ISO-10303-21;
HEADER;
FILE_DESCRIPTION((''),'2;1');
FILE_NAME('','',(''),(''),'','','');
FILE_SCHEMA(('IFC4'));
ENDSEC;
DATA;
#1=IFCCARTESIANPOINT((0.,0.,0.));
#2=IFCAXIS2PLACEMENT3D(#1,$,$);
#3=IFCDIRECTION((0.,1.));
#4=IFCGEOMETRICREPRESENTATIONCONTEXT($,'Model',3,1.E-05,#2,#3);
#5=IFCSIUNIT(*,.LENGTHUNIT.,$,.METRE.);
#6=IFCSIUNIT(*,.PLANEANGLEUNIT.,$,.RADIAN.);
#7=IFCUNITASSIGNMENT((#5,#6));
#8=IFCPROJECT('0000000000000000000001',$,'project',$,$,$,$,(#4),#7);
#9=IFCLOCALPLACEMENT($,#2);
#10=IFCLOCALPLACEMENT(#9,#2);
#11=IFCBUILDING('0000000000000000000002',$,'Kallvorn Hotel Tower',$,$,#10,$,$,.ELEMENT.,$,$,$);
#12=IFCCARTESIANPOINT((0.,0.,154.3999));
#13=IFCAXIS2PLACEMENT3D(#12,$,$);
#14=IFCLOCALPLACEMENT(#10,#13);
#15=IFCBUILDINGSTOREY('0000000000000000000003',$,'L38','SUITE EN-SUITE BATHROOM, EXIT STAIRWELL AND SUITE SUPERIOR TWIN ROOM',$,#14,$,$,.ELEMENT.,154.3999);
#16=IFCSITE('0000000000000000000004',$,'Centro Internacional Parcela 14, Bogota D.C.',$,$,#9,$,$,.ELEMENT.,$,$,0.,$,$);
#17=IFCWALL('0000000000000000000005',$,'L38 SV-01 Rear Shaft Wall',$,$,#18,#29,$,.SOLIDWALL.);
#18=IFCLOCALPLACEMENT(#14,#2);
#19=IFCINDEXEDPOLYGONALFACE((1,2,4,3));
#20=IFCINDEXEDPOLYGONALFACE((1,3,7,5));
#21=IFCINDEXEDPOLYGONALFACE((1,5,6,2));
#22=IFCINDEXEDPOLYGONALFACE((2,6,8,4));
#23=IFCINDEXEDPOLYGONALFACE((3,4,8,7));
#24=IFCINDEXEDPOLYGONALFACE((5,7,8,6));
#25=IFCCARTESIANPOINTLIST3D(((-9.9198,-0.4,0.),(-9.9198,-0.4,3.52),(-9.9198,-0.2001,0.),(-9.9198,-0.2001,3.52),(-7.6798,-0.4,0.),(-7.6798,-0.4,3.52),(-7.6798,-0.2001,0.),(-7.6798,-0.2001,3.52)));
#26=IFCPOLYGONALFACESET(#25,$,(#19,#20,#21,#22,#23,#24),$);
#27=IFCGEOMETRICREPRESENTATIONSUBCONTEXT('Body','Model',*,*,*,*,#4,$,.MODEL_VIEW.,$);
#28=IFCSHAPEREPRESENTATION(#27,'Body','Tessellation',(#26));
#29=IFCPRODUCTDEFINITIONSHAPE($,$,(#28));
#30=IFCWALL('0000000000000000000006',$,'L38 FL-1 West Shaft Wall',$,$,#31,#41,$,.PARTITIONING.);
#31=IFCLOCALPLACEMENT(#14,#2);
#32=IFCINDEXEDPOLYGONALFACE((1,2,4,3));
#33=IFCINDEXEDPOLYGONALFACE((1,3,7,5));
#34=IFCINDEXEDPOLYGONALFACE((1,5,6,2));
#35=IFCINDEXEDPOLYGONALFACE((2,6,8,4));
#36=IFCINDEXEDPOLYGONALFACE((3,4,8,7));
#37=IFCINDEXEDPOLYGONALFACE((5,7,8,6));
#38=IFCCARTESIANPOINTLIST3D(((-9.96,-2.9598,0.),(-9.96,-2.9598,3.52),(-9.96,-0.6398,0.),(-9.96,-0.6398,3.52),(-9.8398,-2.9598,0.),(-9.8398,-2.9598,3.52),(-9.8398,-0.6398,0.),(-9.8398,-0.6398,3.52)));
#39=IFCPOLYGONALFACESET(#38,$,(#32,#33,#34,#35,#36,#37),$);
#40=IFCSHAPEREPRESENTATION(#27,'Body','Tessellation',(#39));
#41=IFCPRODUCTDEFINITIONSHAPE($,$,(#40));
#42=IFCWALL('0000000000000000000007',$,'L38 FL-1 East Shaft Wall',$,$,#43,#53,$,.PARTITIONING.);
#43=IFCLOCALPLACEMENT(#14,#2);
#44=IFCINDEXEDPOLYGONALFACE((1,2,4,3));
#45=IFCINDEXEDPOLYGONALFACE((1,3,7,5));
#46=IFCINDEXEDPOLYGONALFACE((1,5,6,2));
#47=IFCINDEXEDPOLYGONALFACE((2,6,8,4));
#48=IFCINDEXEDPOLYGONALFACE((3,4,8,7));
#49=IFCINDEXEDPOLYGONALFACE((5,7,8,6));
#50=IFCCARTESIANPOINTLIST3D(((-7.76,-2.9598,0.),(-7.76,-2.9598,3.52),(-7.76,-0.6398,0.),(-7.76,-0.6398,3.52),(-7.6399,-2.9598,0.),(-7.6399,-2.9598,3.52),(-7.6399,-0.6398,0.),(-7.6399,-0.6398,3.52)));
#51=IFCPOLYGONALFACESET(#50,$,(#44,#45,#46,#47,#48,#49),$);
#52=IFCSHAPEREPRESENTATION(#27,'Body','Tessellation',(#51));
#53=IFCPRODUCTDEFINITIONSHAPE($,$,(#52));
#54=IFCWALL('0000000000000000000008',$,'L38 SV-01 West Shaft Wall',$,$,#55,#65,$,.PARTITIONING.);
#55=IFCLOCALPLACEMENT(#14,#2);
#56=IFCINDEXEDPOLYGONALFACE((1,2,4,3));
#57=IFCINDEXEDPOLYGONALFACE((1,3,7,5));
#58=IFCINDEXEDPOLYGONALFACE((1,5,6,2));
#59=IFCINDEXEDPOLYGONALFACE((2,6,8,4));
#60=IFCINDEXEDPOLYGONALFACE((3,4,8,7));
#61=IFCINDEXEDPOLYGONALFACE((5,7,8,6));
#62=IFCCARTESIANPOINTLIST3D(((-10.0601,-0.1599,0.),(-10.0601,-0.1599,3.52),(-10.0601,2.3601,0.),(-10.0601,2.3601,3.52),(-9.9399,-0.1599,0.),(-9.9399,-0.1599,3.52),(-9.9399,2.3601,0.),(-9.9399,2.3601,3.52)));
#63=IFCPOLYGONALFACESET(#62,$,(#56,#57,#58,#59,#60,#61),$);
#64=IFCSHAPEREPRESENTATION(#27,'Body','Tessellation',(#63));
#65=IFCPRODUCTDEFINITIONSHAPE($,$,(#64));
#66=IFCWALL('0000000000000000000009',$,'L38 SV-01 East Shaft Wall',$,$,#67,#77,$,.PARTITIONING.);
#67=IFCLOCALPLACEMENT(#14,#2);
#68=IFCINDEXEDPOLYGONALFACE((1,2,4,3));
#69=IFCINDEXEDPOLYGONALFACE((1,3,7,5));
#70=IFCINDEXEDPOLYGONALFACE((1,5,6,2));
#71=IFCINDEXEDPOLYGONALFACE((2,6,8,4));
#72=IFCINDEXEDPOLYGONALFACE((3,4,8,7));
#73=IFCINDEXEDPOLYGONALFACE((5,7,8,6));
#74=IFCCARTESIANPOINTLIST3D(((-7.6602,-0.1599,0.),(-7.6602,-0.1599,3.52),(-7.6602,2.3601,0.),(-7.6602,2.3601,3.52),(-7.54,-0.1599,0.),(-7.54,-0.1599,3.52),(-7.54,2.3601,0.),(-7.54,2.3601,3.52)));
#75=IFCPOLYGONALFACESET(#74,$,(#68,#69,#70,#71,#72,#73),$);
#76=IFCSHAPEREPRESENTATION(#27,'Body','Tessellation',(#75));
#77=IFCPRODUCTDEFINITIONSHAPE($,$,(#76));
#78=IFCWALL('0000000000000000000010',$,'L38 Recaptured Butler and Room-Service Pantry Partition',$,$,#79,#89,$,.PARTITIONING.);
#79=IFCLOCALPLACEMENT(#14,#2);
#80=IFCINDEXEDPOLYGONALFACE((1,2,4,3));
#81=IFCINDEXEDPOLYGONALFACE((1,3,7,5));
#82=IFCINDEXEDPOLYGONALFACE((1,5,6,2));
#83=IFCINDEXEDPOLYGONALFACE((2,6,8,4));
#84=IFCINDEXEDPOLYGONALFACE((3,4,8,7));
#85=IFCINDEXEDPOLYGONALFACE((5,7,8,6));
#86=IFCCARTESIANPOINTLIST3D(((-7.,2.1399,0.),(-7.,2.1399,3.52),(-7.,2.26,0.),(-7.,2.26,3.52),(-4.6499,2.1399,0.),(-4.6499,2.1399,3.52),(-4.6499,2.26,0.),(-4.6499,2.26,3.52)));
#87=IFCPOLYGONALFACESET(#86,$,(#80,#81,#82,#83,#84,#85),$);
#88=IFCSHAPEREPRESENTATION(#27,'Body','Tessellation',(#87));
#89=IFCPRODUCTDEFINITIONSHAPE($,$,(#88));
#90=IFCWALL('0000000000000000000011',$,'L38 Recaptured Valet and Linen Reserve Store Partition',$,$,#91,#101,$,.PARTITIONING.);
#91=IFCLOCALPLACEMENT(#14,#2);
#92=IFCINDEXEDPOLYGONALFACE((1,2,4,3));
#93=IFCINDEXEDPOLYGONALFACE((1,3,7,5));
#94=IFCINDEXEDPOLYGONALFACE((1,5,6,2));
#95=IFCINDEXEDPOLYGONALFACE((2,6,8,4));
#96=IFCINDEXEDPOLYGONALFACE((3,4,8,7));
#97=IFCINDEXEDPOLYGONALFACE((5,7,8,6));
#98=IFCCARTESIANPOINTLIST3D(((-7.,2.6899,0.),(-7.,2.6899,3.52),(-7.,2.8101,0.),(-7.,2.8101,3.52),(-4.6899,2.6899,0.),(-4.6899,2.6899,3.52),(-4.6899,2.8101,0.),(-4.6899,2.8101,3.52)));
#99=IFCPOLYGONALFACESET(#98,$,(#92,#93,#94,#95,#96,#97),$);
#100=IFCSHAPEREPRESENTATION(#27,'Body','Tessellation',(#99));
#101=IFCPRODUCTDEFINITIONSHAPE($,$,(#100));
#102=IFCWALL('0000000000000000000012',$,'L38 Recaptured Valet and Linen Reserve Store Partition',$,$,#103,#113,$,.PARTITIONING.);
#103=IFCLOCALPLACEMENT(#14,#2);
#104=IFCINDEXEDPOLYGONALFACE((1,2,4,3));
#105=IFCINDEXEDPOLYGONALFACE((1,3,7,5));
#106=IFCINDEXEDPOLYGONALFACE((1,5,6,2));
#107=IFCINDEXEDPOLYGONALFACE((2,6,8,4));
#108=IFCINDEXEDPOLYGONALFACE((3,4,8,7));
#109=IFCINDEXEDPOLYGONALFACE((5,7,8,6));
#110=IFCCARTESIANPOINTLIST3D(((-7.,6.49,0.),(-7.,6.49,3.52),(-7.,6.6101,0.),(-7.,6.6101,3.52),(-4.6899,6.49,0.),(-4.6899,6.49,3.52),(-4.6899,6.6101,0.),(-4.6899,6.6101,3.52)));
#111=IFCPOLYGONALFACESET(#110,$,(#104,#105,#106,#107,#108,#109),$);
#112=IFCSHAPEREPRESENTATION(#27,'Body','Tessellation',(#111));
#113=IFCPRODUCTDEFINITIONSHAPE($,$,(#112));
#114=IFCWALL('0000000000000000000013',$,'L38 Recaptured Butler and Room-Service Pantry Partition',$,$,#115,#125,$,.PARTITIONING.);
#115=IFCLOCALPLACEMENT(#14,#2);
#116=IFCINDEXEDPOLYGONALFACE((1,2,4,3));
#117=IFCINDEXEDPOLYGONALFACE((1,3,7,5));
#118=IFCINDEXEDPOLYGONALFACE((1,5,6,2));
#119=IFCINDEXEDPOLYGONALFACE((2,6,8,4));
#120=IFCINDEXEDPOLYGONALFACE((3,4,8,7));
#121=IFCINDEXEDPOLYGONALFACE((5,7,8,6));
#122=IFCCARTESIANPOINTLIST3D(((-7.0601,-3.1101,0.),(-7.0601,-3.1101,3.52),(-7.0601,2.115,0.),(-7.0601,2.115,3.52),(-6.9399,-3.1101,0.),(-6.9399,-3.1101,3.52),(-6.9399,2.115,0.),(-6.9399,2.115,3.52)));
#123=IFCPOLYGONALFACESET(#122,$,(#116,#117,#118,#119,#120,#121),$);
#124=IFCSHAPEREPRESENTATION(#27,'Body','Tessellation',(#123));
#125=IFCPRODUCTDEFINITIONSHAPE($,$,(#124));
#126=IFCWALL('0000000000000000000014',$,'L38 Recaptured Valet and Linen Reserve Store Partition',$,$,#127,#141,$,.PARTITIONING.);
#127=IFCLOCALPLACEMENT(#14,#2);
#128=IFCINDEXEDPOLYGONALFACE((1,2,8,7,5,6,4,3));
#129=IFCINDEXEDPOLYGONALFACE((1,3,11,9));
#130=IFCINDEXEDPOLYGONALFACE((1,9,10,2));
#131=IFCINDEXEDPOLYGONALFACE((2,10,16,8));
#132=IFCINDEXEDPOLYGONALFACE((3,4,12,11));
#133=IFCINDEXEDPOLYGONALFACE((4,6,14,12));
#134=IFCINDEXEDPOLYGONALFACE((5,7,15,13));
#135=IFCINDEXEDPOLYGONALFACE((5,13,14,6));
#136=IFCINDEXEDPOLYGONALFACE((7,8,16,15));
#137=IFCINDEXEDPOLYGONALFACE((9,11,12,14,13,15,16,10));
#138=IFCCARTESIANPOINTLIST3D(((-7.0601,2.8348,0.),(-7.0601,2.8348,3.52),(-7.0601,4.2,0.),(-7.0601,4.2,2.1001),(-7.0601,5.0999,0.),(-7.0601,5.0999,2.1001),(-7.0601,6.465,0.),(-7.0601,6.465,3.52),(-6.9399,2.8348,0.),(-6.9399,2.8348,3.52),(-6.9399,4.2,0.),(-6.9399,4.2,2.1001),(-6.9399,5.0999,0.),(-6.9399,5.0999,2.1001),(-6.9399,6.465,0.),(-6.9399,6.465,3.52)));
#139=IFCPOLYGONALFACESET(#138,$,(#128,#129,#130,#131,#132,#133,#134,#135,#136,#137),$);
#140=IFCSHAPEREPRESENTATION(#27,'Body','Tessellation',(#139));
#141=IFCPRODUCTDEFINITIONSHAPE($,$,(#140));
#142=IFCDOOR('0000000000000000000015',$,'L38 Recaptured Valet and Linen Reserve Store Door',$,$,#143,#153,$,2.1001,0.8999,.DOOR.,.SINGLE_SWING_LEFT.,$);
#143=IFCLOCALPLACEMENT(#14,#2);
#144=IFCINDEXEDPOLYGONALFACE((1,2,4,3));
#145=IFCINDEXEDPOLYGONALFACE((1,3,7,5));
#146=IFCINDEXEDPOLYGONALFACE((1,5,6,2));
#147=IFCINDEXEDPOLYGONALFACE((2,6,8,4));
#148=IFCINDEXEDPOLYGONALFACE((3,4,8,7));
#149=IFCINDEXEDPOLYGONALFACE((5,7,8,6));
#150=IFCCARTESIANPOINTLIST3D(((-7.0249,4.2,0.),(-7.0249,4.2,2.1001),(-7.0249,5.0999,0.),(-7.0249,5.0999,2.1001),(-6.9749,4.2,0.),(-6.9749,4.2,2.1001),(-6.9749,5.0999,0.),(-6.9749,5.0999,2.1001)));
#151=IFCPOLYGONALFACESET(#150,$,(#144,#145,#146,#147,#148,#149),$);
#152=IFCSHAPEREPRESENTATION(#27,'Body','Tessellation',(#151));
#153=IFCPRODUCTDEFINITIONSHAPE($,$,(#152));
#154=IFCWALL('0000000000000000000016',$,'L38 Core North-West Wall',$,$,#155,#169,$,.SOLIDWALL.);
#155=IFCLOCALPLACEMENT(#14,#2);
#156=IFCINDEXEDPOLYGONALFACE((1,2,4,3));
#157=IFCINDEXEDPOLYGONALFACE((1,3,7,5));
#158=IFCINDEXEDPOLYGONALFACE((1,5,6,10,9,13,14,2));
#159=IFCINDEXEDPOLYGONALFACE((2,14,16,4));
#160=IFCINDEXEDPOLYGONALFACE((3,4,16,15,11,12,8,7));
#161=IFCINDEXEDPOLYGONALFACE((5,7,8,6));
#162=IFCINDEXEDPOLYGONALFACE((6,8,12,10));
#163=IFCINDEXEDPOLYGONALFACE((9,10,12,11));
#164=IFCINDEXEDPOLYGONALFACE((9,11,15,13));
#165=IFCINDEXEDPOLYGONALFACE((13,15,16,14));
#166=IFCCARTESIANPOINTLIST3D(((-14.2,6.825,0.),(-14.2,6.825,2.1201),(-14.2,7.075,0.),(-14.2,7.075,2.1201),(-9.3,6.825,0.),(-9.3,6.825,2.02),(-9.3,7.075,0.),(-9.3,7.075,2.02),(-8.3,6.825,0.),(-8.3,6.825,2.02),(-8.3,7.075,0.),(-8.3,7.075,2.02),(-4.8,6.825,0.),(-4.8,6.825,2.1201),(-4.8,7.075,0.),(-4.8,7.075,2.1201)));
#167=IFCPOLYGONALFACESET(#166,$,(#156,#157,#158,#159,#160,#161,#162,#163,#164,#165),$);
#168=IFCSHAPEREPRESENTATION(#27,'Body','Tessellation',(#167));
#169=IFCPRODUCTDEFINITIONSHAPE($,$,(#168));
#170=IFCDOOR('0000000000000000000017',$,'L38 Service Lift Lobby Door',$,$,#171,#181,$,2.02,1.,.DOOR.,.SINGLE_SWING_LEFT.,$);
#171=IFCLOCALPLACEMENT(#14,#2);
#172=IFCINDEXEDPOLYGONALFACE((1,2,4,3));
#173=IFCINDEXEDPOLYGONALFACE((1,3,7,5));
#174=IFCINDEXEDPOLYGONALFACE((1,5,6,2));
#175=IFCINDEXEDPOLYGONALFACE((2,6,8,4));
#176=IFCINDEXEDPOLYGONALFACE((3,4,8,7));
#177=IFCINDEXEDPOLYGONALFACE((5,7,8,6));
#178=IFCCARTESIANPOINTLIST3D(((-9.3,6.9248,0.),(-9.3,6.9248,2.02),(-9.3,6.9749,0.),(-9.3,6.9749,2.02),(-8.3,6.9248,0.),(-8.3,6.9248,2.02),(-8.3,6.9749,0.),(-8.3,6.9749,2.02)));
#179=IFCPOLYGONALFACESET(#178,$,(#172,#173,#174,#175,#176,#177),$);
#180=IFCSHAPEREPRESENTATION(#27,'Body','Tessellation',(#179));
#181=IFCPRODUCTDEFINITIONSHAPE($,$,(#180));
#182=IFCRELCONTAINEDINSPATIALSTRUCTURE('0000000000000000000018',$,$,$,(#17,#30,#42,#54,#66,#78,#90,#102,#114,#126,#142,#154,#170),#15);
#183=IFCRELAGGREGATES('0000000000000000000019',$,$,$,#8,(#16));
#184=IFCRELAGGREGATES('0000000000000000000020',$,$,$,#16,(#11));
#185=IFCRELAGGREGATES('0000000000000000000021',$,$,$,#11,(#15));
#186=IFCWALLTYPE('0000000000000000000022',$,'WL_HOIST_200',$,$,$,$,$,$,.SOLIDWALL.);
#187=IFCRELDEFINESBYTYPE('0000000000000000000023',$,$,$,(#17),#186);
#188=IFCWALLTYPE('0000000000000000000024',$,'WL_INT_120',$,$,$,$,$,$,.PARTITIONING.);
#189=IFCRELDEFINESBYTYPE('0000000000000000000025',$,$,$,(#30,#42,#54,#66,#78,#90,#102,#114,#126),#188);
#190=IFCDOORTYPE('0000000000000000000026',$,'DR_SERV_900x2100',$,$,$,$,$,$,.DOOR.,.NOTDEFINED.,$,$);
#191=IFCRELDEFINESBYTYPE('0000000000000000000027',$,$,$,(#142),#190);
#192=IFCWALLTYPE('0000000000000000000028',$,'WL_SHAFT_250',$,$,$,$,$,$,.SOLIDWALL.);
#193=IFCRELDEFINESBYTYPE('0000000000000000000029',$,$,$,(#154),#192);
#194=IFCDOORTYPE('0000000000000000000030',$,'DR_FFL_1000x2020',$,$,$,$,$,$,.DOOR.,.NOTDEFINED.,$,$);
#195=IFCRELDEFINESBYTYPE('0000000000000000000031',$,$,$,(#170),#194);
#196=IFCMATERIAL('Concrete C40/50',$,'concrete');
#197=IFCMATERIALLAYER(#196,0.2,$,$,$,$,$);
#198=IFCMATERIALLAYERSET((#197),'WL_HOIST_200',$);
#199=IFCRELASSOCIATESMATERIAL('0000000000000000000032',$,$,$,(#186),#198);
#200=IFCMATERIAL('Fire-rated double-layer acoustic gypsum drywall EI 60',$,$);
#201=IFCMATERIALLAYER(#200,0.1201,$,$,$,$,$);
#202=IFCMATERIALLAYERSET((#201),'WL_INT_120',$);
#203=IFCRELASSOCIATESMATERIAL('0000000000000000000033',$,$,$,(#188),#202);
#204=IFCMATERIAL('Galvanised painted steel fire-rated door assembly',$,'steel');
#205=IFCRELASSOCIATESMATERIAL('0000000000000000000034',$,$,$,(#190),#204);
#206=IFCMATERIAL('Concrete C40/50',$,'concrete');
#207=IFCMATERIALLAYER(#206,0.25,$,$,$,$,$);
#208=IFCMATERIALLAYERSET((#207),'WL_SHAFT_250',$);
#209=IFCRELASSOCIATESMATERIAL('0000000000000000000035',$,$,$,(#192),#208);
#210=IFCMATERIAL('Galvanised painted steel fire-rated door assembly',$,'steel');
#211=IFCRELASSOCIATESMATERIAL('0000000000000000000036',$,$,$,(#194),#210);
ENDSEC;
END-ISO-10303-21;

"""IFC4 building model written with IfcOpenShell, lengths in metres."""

from ifc_helpers import new_model, si_unit, direction, frame, frame_2d, origin, place, context, subcontext, project, spatial, rectangle, extrude, material, layer, layer_set, type_object, element, fill, save


model = new_model("IFC4")

# Units and contexts
model_context = context("Model", 3, precision=1e-05, world=origin(), true_north=direction((0.0, 1.0)))
body_context = subcontext(model_context, "Body", "Model", "MODEL_VIEW")
ifc_project = project(units=[si_unit("LENGTHUNIT", "METRE"), si_unit("PLANEANGLEUNIT", "RADIAN")], contexts=[model_context])

# Site, building, storey
site_placement = place(None, origin())
site = spatial("IfcSite", under=ifc_project, at=site_placement, Name="Centro Internacional Parcela 14, Bogota D.C.", CompositionType="ELEMENT", RefElevation=0.0)
building_placement = place(site_placement, origin())
building = spatial("IfcBuilding", under=site, at=building_placement, Name="Kallvorn Hotel Tower", CompositionType="ELEMENT")
storey_placement = place(building_placement, frame((0.0, 0.0, 154.3999)))
storey = spatial("IfcBuildingStorey", under=building, at=storey_placement, Name="L38", Description="SUITE EN-SUITE BATHROOM, EXIT STAIRWELL AND SUITE SUPERIOR TWIN ROOM", CompositionType="ELEMENT", Elevation=154.3999)

# Shared definitions
ifc_material_1 = material(Name="Concrete C40/50", Category="concrete")
ifc_layer_1 = layer(ifc_material_1, 0.2)
ifc_layer_set_1 = layer_set([ifc_layer_1], Name="WL_HOIST_200")
wall_type_1 = type_object("IfcWallType", Name="WL_HOIST_200", PredefinedType="SOLIDWALL", material=ifc_layer_set_1)

# Walls
wall_1_placement = place(storey_placement, frame((-9.9199, -0.3, 0.0), z_axis=(0.0, 0.0, 1.0), x_axis=(1.0, 0.0, 0.0)))
element("IfcWall", 1, at=wall_1_placement, inside=storey, type_object=wall_type_1, Name="L38 SV-01 Rear Shaft Wall", PredefinedType="SOLIDWALL", context=body_context, shape_type="SweptSolid", body=[
    extrude(rectangle(XDim=2.24, YDim=0.2, at=frame_2d((1.1201, 0.0))), origin(), (0.0, 0.0, 1.0), 3.52),
])
ifc_material_2 = material(Name="Fire-rated double-layer acoustic gypsum drywall EI 60")
ifc_layer_2 = layer(ifc_material_2, 0.1201)
ifc_layer_set_2 = layer_set([ifc_layer_2], Name="WL_INT_120")
wall_type_2 = type_object("IfcWallType", Name="WL_INT_120", PredefinedType="PARTITIONING", material=ifc_layer_set_2)
for number, where, z_axis, x_axis, name in (
    (2, (-9.8999, -2.96, 0.0), (0.0, 0.0, 1.0), (0.0, 1.0, 0.0), "L38 FL-1 West Shaft Wall"),
    (3, (-7.7, -2.96, 0.0), (0.0, 0.0, 1.0), (0.0, 1.0, 0.0), "L38 FL-1 East Shaft Wall"),
):
    element("IfcWall", number, at=place(storey_placement, frame(where, z_axis=z_axis, x_axis=x_axis)), inside=storey, type_object=wall_type_2, Name=name, PredefinedType="PARTITIONING", context=body_context, shape_type="SweptSolid", body=[
        extrude(rectangle(XDim=2.3201, YDim=0.1201, at=frame_2d((1.1602, 0.0))), origin(), (0.0, 0.0, 1.0), 3.52),
    ])
for number, where, z_axis, x_axis, name in (
    (4, (-10.0, -0.1599, 0.0), (0.0, 0.0, 1.0), (0.0, 1.0, 0.0), "L38 SV-01 West Shaft Wall"),
    (5, (-7.6001, -0.1599, 0.0), (0.0, 0.0, 1.0), (0.0, 1.0, 0.0), "L38 SV-01 East Shaft Wall"),
):
    element("IfcWall", number, at=place(storey_placement, frame(where, z_axis=z_axis, x_axis=x_axis)), inside=storey, type_object=wall_type_2, Name=name, PredefinedType="PARTITIONING", context=body_context, shape_type="SweptSolid", body=[
        extrude(rectangle(XDim=2.52, YDim=0.1201, at=frame_2d((1.26, 0.0))), origin(), (0.0, 0.0, 1.0), 3.52),
    ])
wall_2_placement = place(storey_placement, frame((-7.0, 2.2, 0.0), z_axis=(0.0, 0.0, 1.0), x_axis=(1.0, 0.0, 0.0)))
element("IfcWall", 6, at=wall_2_placement, inside=storey, type_object=wall_type_2, Name="L38 Recaptured Butler and Room-Service Pantry Partition", PredefinedType="PARTITIONING", context=body_context, shape_type="SweptSolid", body=[
    extrude(rectangle(XDim=2.3501, YDim=0.1201, at=frame_2d((1.175, 0.0))), origin(), (0.0, 0.0, 1.0), 3.52),
])
for number, where, z_axis, x_axis, name in (
    (7, (-7.0, 2.75, 0.0), (0.0, 0.0, 1.0), (1.0, 0.0, 0.0), "L38 Recaptured Valet and Linen Reserve Store Partition"),
    (8, (-7.0, 6.55, 0.0), (0.0, 0.0, 1.0), (1.0, 0.0, 0.0), "L38 Recaptured Valet and Linen Reserve Store Partition"),
):
    element("IfcWall", number, at=place(storey_placement, frame(where, z_axis=z_axis, x_axis=x_axis)), inside=storey, type_object=wall_type_2, Name=name, PredefinedType="PARTITIONING", context=body_context, shape_type="SweptSolid", body=[
        extrude(rectangle(XDim=2.3101, YDim=0.1201, at=frame_2d((1.155, 0.0))), origin(), (0.0, 0.0, 1.0), 3.52),
    ])
wall_3_placement = place(storey_placement, frame((-7.0, -3.1101, 0.0), z_axis=(0.0, 0.0, 1.0), x_axis=(0.0, 1.0, 0.0)))
element("IfcWall", 9, at=wall_3_placement, inside=storey, type_object=wall_type_2, Name="L38 Recaptured Butler and Room-Service Pantry Partition", PredefinedType="PARTITIONING", context=body_context, shape_type="SweptSolid", body=[
    extrude(rectangle(XDim=5.2251, YDim=0.1201, at=frame_2d((2.6125, 0.0))), origin(), (0.0, 0.0, 1.0), 3.52),
])

# Walls, openings, doors
wall_4_placement = place(storey_placement, frame((-7.0, 2.835, 0.0), z_axis=(0.0, 0.0, 1.0), x_axis=(0.0, 1.0, 0.0)))
wall_4 = element("IfcWall", 10, at=wall_4_placement, inside=storey, type_object=wall_type_2, Name="L38 Recaptured Valet and Linen Reserve Store Partition", PredefinedType="PARTITIONING", context=body_context, shape_type="SweptSolid", body=[
    extrude(rectangle(XDim=3.6301, YDim=0.1201, at=frame_2d((1.8149, 0.0))), origin(), (0.0, 0.0, 1.0), 3.52),
])
opening_1_placement = place(wall_4_placement, frame((1.365, 0.0, 0.0)))
opening_1 = element("IfcOpeningElement", 11, at=opening_1_placement, cuts=wall_4, PredefinedType="OPENING", context=body_context, shape_type="SweptSolid", body=[
    extrude(rectangle(XDim=0.8999, YDim=2.1001, at=frame_2d((0.45, 1.05))), frame((0.0, 0.075, 0.0), z_axis=(0.0, -1.0, 0.0), x_axis=(1.0, 0.0, 0.0)), (0.0, 0.0, 1.0), 0.1501),
])
ifc_material_3 = material(Name="Galvanised painted steel fire-rated door assembly", Category="steel")
door_type_1 = type_object("IfcDoorType", Name="DR_SERV_900x2100", OperationType="NOTDEFINED", PredefinedType="DOOR", material=ifc_material_3)
door_1_placement = place(opening_1_placement, origin())
door_1 = element("IfcDoor", 12, at=door_1_placement, inside=storey, type_object=door_type_1, Name="L38 Recaptured Valet and Linen Reserve Store Door", OperationType="SINGLE_SWING_LEFT", OverallHeight=2.1001, OverallWidth=0.8999, PredefinedType="DOOR", context=body_context, shape_type="SweptSolid", body=[
    extrude(rectangle(XDim=0.8999, YDim=2.1001, at=frame_2d((0.45, 1.05))), frame((0.0, 0.0249, 0.0), z_axis=(0.0, -1.0, 0.0), x_axis=(1.0, 0.0, 0.0)), (0.0, 0.0, 1.0), 0.05),
])
fill(opening_1, door_1)
ifc_material_4 = material(Name="Concrete C40/50", Category="concrete")
ifc_layer_3 = layer(ifc_material_4, 0.25)
ifc_layer_set_3 = layer_set([ifc_layer_3], Name="WL_SHAFT_250")
wall_type_3 = type_object("IfcWallType", Name="WL_SHAFT_250", PredefinedType="SOLIDWALL", material=ifc_layer_set_3)
wall_5_placement = place(storey_placement, frame((-14.2, 6.95, 0.0), z_axis=(0.0, 0.0, 1.0), x_axis=(1.0, 0.0, 0.0)))
wall_5 = element("IfcWall", 13, at=wall_5_placement, inside=storey, type_object=wall_type_3, Name="L38 Core North-West Wall", PredefinedType="SOLIDWALL", context=body_context, shape_type="SweptSolid", body=[
    extrude(rectangle(XDim=9.3999, YDim=0.25, at=frame_2d((4.7, 0.0))), origin(), (0.0, 0.0, 1.0), 2.1201),
])
opening_2_placement = place(wall_5_placement, frame((4.8999, 0.0, 0.0)))
opening_2 = element("IfcOpeningElement", 14, at=opening_2_placement, cuts=wall_5, PredefinedType="OPENING", context=body_context, shape_type="SweptSolid", body=[
    extrude(rectangle(XDim=1.0, YDim=2.02, at=frame_2d((0.5, 1.01))), frame((0.0, 0.1399, 0.0), z_axis=(0.0, -1.0, 0.0), x_axis=(1.0, 0.0, 0.0)), (0.0, 0.0, 1.0), 0.28),
])
ifc_material_5 = material(Name="Galvanised painted steel fire-rated door assembly", Category="steel")
door_type_2 = type_object("IfcDoorType", Name="DR_FFL_1000x2020", OperationType="NOTDEFINED", PredefinedType="DOOR", material=ifc_material_5)
door_2_placement = place(opening_2_placement, origin())
door_2 = element("IfcDoor", 15, at=door_2_placement, inside=storey, type_object=door_type_2, Name="L38 Service Lift Lobby Door", OperationType="SINGLE_SWING_LEFT", OverallHeight=2.02, OverallWidth=1.0, PredefinedType="DOOR", context=body_context, shape_type="SweptSolid", body=[
    extrude(rectangle(XDim=1.0, YDim=2.02, at=frame_2d((0.5, 1.01))), frame((0.0, 0.0249, 0.0), z_axis=(0.0, -1.0, 0.0), x_axis=(1.0, 0.0, 0.0)), (0.0, 0.0, 1.0), 0.05),
])
fill(opening_2, door_2)

save(model, "model.ifc")
